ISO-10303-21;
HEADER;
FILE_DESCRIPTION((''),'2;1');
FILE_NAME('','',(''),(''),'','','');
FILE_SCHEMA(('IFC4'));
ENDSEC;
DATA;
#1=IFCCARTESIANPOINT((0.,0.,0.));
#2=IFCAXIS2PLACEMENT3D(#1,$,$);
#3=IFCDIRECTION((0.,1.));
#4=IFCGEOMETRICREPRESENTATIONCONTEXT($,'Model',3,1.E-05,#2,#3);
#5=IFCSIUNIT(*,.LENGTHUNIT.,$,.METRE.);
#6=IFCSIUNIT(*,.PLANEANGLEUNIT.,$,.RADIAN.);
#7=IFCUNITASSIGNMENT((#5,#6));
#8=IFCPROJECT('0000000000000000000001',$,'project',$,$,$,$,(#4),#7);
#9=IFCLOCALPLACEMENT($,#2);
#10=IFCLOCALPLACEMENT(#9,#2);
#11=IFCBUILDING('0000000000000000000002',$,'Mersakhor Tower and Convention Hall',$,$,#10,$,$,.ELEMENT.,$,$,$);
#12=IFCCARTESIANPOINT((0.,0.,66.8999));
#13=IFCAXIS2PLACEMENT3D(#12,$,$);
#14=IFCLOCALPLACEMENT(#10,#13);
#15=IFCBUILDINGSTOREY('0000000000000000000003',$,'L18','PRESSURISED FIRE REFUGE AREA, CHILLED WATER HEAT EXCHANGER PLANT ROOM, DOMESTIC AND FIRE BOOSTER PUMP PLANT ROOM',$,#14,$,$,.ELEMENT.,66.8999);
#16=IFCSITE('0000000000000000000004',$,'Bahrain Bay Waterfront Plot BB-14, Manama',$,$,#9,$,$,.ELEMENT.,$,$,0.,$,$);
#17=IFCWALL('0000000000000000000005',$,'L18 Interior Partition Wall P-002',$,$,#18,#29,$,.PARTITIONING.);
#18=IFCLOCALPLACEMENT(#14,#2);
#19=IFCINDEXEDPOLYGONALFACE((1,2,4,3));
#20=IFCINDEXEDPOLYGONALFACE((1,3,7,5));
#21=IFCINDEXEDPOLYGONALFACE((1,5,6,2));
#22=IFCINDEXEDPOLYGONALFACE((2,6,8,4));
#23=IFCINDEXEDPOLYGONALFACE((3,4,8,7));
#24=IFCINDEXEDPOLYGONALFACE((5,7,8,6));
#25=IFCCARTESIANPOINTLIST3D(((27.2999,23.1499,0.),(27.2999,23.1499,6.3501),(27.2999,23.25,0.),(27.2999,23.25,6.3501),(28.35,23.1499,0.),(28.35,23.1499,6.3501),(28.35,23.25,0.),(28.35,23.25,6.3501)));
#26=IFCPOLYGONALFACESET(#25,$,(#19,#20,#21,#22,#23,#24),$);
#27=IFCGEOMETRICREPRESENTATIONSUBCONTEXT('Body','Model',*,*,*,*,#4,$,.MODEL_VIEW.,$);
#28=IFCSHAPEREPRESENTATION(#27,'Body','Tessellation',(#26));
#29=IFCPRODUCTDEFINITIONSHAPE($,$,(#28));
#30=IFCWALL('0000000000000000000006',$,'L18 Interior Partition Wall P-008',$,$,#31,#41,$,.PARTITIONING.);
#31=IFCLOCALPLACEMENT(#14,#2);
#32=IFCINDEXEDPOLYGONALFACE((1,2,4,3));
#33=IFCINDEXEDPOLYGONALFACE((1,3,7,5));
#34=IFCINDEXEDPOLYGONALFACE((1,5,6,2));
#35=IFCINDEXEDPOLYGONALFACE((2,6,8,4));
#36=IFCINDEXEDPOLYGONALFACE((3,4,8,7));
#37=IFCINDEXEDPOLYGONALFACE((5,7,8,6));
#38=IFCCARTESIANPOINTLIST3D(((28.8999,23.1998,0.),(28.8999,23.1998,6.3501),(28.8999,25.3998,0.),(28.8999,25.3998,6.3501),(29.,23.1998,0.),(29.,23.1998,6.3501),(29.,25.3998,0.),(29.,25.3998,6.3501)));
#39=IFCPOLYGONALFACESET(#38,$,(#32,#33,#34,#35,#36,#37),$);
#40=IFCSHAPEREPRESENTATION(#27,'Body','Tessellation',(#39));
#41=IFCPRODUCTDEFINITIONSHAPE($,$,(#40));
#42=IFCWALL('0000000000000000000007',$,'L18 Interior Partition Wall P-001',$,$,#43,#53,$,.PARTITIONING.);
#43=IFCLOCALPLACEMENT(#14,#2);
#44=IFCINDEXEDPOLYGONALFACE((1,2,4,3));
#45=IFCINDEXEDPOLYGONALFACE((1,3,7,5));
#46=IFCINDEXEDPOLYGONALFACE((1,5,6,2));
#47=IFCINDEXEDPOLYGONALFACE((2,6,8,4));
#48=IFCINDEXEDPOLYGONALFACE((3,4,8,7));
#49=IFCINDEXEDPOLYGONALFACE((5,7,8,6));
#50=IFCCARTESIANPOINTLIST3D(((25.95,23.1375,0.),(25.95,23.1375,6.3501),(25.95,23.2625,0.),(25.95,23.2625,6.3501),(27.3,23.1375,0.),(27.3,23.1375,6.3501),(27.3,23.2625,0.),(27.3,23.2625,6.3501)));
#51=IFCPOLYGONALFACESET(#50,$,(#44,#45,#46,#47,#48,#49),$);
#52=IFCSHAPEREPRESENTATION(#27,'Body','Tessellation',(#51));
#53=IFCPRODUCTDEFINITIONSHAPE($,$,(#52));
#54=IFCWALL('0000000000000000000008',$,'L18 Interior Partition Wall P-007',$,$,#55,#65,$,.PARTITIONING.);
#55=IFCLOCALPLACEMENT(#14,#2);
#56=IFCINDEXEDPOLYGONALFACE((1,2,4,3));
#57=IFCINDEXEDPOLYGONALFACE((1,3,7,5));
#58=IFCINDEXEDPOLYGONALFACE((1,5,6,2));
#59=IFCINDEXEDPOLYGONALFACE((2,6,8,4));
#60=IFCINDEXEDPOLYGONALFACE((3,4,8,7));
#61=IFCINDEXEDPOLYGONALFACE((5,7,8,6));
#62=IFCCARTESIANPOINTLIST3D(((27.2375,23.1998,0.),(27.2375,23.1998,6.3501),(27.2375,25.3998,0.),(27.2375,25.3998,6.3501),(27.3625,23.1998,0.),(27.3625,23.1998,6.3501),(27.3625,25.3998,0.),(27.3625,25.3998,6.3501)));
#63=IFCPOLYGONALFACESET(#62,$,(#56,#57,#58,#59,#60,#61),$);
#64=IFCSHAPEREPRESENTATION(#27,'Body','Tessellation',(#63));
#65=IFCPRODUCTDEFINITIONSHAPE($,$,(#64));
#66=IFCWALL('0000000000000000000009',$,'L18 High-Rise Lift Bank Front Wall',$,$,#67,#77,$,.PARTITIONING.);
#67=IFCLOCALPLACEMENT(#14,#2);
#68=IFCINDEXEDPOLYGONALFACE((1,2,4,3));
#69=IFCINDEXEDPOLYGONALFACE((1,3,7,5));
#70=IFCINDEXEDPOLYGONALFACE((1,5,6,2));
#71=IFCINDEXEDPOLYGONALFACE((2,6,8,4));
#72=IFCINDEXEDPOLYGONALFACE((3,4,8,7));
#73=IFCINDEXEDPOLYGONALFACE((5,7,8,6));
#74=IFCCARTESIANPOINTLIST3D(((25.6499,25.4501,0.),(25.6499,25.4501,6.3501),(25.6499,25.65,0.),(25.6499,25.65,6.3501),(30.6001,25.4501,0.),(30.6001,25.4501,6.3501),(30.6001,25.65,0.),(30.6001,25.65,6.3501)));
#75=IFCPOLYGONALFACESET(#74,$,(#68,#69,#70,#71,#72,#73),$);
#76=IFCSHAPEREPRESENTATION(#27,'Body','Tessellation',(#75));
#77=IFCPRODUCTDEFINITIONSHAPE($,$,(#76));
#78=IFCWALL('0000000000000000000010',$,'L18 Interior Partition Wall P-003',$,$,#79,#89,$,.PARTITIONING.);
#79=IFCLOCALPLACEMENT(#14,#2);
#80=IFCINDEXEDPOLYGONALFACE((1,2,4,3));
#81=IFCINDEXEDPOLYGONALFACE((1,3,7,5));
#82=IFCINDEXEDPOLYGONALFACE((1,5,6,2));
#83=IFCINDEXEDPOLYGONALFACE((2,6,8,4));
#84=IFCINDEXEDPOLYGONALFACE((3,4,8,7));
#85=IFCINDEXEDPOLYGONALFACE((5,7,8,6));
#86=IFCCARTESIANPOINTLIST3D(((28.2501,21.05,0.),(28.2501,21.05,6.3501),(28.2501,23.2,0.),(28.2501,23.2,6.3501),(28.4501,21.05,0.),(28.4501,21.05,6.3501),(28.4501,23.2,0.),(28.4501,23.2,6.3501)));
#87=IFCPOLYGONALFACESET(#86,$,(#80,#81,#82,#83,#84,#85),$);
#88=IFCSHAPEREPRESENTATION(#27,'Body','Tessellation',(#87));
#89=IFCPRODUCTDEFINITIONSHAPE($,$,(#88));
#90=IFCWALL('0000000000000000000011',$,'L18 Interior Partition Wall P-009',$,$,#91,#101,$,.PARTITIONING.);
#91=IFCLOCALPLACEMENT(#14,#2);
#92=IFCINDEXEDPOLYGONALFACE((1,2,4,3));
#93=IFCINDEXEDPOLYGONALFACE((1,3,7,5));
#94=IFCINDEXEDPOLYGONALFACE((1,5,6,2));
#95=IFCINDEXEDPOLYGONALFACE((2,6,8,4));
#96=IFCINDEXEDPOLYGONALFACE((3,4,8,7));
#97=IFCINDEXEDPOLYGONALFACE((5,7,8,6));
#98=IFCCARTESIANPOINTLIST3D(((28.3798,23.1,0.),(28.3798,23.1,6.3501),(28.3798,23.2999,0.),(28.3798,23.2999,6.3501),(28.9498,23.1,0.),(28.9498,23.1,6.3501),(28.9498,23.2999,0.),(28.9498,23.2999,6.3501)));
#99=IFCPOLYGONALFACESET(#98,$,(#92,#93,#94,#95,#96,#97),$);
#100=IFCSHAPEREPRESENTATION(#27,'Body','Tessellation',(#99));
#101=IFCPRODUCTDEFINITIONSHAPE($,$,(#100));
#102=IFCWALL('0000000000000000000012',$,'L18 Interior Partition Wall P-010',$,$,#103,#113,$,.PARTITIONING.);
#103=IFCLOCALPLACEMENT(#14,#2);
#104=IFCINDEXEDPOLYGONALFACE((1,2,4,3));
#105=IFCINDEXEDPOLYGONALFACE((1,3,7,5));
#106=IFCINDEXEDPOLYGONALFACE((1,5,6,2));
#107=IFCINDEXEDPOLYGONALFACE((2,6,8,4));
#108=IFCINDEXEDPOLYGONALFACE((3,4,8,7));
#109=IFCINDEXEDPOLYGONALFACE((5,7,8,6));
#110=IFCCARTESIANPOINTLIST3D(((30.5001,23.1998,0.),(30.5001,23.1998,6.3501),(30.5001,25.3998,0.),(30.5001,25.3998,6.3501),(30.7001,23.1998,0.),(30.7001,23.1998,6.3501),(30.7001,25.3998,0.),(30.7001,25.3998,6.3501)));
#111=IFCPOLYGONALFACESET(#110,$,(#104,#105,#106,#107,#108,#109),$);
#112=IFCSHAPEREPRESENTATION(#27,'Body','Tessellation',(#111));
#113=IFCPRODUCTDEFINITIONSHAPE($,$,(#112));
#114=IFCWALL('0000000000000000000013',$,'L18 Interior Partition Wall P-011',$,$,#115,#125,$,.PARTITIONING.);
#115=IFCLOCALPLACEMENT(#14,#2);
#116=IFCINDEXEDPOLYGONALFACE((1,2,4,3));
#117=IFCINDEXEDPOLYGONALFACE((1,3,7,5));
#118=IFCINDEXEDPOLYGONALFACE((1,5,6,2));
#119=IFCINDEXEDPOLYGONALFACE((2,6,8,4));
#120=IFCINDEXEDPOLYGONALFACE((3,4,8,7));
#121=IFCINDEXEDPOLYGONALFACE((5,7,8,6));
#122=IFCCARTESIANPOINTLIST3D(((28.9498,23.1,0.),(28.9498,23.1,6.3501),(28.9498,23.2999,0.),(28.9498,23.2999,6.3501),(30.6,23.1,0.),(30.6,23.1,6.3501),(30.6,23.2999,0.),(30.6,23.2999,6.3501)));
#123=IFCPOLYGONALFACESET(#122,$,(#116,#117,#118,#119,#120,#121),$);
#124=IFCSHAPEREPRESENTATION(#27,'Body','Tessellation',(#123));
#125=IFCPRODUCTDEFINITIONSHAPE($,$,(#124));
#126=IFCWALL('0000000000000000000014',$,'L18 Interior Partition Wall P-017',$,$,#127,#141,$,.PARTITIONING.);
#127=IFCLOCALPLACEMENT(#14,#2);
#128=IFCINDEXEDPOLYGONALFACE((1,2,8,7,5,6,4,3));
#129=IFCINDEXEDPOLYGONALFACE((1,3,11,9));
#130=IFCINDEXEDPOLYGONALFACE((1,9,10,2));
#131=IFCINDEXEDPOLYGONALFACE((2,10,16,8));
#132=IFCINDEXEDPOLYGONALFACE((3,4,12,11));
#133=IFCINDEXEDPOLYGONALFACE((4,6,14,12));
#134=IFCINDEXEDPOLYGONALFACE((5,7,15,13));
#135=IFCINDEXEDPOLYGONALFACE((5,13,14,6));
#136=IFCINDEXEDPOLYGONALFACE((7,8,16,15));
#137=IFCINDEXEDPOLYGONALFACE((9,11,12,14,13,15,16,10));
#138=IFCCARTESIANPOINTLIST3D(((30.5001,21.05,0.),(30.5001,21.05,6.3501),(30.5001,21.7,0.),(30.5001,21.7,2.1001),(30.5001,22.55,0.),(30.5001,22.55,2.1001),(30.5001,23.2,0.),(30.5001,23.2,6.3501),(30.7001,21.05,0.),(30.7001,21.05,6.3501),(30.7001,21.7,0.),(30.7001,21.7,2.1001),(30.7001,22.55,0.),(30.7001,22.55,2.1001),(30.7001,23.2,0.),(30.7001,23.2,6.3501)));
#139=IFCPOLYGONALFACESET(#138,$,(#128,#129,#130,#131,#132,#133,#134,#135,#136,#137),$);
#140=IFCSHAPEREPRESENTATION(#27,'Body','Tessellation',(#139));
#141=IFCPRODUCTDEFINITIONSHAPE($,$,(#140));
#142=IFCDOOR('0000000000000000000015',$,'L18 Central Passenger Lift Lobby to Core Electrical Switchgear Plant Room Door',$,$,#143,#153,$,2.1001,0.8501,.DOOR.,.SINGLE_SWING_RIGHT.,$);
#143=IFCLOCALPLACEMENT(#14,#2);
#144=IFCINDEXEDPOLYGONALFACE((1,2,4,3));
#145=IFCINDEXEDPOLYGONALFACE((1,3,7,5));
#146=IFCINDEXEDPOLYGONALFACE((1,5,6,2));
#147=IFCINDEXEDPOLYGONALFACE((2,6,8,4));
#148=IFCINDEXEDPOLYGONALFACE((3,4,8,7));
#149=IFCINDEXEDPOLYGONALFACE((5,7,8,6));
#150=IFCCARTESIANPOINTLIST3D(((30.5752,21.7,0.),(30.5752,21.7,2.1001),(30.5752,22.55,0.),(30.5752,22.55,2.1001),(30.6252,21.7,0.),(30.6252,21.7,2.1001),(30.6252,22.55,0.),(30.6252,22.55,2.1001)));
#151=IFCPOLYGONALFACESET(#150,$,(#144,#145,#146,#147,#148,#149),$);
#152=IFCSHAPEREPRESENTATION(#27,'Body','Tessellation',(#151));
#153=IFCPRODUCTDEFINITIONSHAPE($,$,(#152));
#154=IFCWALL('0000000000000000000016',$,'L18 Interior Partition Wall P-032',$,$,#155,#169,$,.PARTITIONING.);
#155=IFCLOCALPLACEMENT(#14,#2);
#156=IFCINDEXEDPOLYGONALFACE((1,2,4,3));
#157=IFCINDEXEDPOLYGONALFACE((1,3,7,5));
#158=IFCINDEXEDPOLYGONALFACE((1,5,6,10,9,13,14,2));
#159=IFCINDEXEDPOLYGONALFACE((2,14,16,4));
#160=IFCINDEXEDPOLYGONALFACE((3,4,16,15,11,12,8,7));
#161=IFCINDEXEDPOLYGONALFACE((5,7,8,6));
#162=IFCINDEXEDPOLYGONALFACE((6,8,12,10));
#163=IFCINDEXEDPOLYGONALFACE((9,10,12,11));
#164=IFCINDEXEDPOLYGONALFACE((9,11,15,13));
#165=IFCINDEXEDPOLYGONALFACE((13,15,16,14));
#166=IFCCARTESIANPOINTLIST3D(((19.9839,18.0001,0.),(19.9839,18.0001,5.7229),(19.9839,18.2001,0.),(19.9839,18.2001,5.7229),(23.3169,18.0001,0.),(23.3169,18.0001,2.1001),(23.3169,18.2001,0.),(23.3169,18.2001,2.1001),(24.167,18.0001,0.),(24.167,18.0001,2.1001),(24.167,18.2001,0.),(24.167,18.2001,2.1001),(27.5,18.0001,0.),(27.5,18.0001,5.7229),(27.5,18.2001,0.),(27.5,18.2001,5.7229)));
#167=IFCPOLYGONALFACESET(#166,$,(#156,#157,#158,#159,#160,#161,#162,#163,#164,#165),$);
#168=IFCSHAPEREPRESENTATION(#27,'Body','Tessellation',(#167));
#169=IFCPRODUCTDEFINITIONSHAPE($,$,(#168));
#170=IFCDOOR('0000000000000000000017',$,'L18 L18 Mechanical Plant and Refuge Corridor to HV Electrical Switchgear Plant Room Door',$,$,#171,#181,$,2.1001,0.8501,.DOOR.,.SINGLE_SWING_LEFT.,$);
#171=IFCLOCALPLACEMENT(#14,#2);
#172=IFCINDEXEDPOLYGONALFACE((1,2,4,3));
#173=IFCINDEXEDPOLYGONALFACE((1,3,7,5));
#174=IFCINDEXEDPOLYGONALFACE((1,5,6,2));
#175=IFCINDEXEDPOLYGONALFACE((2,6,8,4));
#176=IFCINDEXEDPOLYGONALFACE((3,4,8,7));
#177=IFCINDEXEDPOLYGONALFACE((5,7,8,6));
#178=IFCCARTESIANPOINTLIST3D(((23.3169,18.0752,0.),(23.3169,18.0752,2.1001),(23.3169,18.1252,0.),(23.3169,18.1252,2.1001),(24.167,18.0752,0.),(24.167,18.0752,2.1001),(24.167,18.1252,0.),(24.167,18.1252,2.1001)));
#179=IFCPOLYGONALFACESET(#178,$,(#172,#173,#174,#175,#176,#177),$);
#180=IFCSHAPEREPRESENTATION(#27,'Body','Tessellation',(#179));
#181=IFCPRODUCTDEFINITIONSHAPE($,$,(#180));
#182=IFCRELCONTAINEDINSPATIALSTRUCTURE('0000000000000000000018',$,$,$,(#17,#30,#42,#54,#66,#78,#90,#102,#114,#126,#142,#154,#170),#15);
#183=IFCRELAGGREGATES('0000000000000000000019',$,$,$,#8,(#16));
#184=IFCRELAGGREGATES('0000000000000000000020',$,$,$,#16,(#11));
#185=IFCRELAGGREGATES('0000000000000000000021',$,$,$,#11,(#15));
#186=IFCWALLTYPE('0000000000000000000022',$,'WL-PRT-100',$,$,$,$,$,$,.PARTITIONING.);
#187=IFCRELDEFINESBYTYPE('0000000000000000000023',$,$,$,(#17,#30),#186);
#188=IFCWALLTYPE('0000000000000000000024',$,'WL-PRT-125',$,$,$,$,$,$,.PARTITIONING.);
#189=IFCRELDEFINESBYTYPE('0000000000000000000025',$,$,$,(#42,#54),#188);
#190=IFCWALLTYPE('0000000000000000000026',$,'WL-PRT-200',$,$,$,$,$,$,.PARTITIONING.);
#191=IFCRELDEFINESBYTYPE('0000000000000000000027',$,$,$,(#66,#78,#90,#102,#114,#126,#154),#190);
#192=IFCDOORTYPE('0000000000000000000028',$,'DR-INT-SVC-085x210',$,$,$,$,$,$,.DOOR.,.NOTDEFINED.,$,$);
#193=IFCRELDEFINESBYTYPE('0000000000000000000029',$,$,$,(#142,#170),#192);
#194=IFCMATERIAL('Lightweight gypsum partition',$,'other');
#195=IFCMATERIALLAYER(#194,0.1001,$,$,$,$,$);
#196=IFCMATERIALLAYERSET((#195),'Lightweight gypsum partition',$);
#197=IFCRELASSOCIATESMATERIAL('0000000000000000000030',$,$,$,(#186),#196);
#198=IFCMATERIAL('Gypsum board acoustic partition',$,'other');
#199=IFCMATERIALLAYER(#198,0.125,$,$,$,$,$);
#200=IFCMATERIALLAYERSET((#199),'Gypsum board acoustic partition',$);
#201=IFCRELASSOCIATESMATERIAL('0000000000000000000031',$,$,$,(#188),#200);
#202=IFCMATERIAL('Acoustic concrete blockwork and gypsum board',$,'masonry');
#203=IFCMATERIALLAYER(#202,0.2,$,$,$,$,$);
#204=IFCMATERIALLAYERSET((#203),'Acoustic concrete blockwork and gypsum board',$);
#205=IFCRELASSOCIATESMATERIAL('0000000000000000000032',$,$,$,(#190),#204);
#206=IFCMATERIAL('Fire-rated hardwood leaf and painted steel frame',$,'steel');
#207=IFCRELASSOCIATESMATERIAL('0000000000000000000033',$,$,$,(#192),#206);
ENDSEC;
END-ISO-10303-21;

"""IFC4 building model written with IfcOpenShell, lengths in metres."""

from ifc_helpers import new_model, si_unit, direction, frame, frame_2d, origin, place, context, subcontext, project, spatial, rectangle, extrude, material, layer, layer_set, type_object, element, fill, save


model = new_model("IFC4")

# Units and contexts
model_context = context("Model", 3, precision=1e-05, world=origin(), true_north=direction((0.0, 1.0)))
body_context = subcontext(model_context, "Body", "Model", "MODEL_VIEW")
ifc_project = project(units=[si_unit("LENGTHUNIT", "METRE"), si_unit("PLANEANGLEUNIT", "RADIAN")], contexts=[model_context])

# Site, building, storey
site_placement = place(None, origin())
site = spatial("IfcSite", under=ifc_project, at=site_placement, Name="Bahrain Bay Waterfront Plot BB-14, Manama", CompositionType="ELEMENT", RefElevation=0.0)
building_placement = place(site_placement, origin())
building = spatial("IfcBuilding", under=site, at=building_placement, Name="Mersakhor Tower and Convention Hall", CompositionType="ELEMENT")
storey_placement = place(building_placement, frame((0.0, 0.0, 66.8999)))
storey = spatial("IfcBuildingStorey", under=building, at=storey_placement, Name="L18", Description="PRESSURISED FIRE REFUGE AREA, CHILLED WATER HEAT EXCHANGER PLANT ROOM, DOMESTIC AND FIRE BOOSTER PUMP PLANT ROOM", CompositionType="ELEMENT", Elevation=66.8999)

# Walls
ifc_material_1 = material(Name="Lightweight gypsum partition", Category="other")
ifc_layer_1 = layer(ifc_material_1, 0.1001)
ifc_layer_set_1 = layer_set([ifc_layer_1], Name="Lightweight gypsum partition")
wall_type_1 = type_object("IfcWallType", Name="WL-PRT-100", PredefinedType="PARTITIONING", material=ifc_layer_set_1)
wall_1_placement = place(storey_placement, frame((27.3, 23.2, 0.0), z_axis=(0.0, 0.0, 1.0), x_axis=(1.0, 0.0, 0.0)))
element("IfcWall", 1, at=wall_1_placement, inside=storey, type_object=wall_type_1, Name="L18 Interior Partition Wall P-002", PredefinedType="PARTITIONING", context=body_context, shape_type="SweptSolid", body=[
    extrude(rectangle(XDim=1.05, YDim=0.1001, at=frame_2d((0.5249, 0.0))), origin(), (0.0, 0.0, 1.0), 6.3501),
])
wall_2_placement = place(storey_placement, frame((28.95, 25.3999, 0.0), z_axis=(0.0, 0.0, 1.0), x_axis=(0.0, -1.0, 0.0)))
element("IfcWall", 2, at=wall_2_placement, inside=storey, type_object=wall_type_1, Name="L18 Interior Partition Wall P-008", PredefinedType="PARTITIONING", context=body_context, shape_type="SweptSolid", body=[
    extrude(rectangle(XDim=2.2, YDim=0.1001, at=frame_2d((1.1001, 0.0))), origin(), (0.0, 0.0, 1.0), 6.3501),
])
ifc_material_2 = material(Name="Gypsum board acoustic partition", Category="other")
ifc_layer_2 = layer(ifc_material_2, 0.125)
ifc_layer_set_2 = layer_set([ifc_layer_2], Name="Gypsum board acoustic partition")
wall_type_2 = type_object("IfcWallType", Name="WL-PRT-125", PredefinedType="PARTITIONING", material=ifc_layer_set_2)
wall_3_placement = place(storey_placement, frame((25.95, 23.2, 0.0), z_axis=(0.0, 0.0, 1.0), x_axis=(1.0, 0.0, 0.0)))
element("IfcWall", 3, at=wall_3_placement, inside=storey, type_object=wall_type_2, Name="L18 Interior Partition Wall P-001", PredefinedType="PARTITIONING", context=body_context, shape_type="SweptSolid", body=[
    extrude(rectangle(XDim=1.3501, YDim=0.125, at=frame_2d((0.675, 0.0))), origin(), (0.0, 0.0, 1.0), 6.3501),
])
wall_4_placement = place(storey_placement, frame((27.3, 25.3999, 0.0), z_axis=(0.0, 0.0, 1.0), x_axis=(0.0, -1.0, 0.0)))
element("IfcWall", 4, at=wall_4_placement, inside=storey, type_object=wall_type_2, Name="L18 Interior Partition Wall P-007", PredefinedType="PARTITIONING", context=body_context, shape_type="SweptSolid", body=[
    extrude(rectangle(XDim=2.2, YDim=0.125, at=frame_2d((1.1001, 0.0))), origin(), (0.0, 0.0, 1.0), 6.3501),
])
ifc_material_3 = material(Name="Acoustic concrete blockwork and gypsum board", Category="masonry")
ifc_layer_3 = layer(ifc_material_3, 0.2)
ifc_layer_set_3 = layer_set([ifc_layer_3], Name="Acoustic concrete blockwork and gypsum board")
wall_type_3 = type_object("IfcWallType", Name="WL-PRT-200", PredefinedType="PARTITIONING", material=ifc_layer_set_3)
wall_5_placement = place(storey_placement, frame((25.6499, 25.55, 0.0), z_axis=(0.0, 0.0, 1.0), x_axis=(1.0, 0.0, 0.0)))
element("IfcWall", 5, at=wall_5_placement, inside=storey, type_object=wall_type_3, Name="L18 High-Rise Lift Bank Front Wall", PredefinedType="PARTITIONING", context=body_context, shape_type="SweptSolid", body=[
    extrude(rectangle(XDim=4.9502, YDim=0.2, at=frame_2d((2.4751, 0.0))), origin(), (0.0, 0.0, 1.0), 6.3501),
])
wall_6_placement = place(storey_placement, frame((28.3501, 23.2, 0.0), z_axis=(0.0, 0.0, 1.0), x_axis=(0.0, -1.0, 0.0)))
element("IfcWall", 6, at=wall_6_placement, inside=storey, type_object=wall_type_3, Name="L18 Interior Partition Wall P-003", PredefinedType="PARTITIONING", context=body_context, shape_type="SweptSolid", body=[
    extrude(rectangle(XDim=2.1499, YDim=0.2, at=frame_2d((1.075, 0.0))), origin(), (0.0, 0.0, 1.0), 6.3501),
])
wall_7_placement = place(storey_placement, frame((28.95, 23.2, 0.0), z_axis=(0.0, 0.0, 1.0), x_axis=(-1.0, 0.0, 0.0)))
element("IfcWall", 7, at=wall_7_placement, inside=storey, type_object=wall_type_3, Name="L18 Interior Partition Wall P-009", PredefinedType="PARTITIONING", context=body_context, shape_type="SweptSolid", body=[
    extrude(rectangle(XDim=0.5701, YDim=0.2, at=frame_2d((0.2852, 0.0))), origin(), (0.0, 0.0, 1.0), 6.3501),
])
wall_8_placement = place(storey_placement, frame((30.6001, 25.3999, 0.0), z_axis=(0.0, 0.0, 1.0), x_axis=(0.0, -1.0, 0.0)))
element("IfcWall", 8, at=wall_8_placement, inside=storey, type_object=wall_type_3, Name="L18 Interior Partition Wall P-010", PredefinedType="PARTITIONING", context=body_context, shape_type="SweptSolid", body=[
    extrude(rectangle(XDim=2.2, YDim=0.2, at=frame_2d((1.1001, 0.0))), origin(), (0.0, 0.0, 1.0), 6.3501),
])
wall_9_placement = place(storey_placement, frame((30.6001, 23.2, 0.0), z_axis=(0.0, 0.0, 1.0), x_axis=(-1.0, 0.0, 0.0)))
element("IfcWall", 9, at=wall_9_placement, inside=storey, type_object=wall_type_3, Name="L18 Interior Partition Wall P-011", PredefinedType="PARTITIONING", context=body_context, shape_type="SweptSolid", body=[
    extrude(rectangle(XDim=1.6501, YDim=0.2, at=frame_2d((0.8252, 0.0))), origin(), (0.0, 0.0, 1.0), 6.3501),
])

# Walls, openings, doors
wall_10_placement = place(storey_placement, frame((30.6001, 21.05, 0.0), z_axis=(0.0, 0.0, 1.0), x_axis=(0.0, 1.0, 0.0)))
wall_10 = element("IfcWall", 10, at=wall_10_placement, inside=storey, type_object=wall_type_3, Name="L18 Interior Partition Wall P-017", PredefinedType="PARTITIONING", context=body_context, shape_type="SweptSolid", body=[
    extrude(rectangle(XDim=2.1499, YDim=0.2, at=frame_2d((1.075, 0.0))), origin(), (0.0, 0.0, 1.0), 6.3501),
])
opening_1_placement = place(wall_10_placement, frame((0.6499, 0.0, 0.0)))
opening_1 = element("IfcOpeningElement", 11, at=opening_1_placement, cuts=wall_10, PredefinedType="OPENING", context=body_context, shape_type="SweptSolid", body=[
    extrude(rectangle(XDim=0.8501, YDim=2.1001, at=frame_2d((0.425, 1.05))), frame((0.0, 0.1099, 0.0), z_axis=(0.0, -1.0, 0.0), x_axis=(1.0, 0.0, 0.0)), (0.0, 0.0, 1.0), 0.22),
])
ifc_material_4 = material(Name="Fire-rated hardwood leaf and painted steel frame", Category="steel")
door_type_1 = type_object("IfcDoorType", Name="DR-INT-SVC-085x210", OperationType="NOTDEFINED", PredefinedType="DOOR", material=ifc_material_4)
door_1_placement = place(opening_1_placement, origin())
door_1 = element("IfcDoor", 12, at=door_1_placement, inside=storey, type_object=door_type_1, Name="L18 Central Passenger Lift Lobby to Core Electrical Switchgear Plant Room Door", OperationType="SINGLE_SWING_RIGHT", OverallHeight=2.1001, OverallWidth=0.8501, PredefinedType="DOOR", context=body_context, shape_type="SweptSolid", body=[
    extrude(rectangle(XDim=0.8501, YDim=2.1001, at=frame_2d((0.425, 1.05))), frame((0.0, 0.0249, 0.0), z_axis=(0.0, -1.0, 0.0), x_axis=(1.0, 0.0, 0.0)), (0.0, 0.0, 1.0), 0.05),
])
fill(opening_1, door_1)
wall_11_placement = place(storey_placement, frame((27.5, 18.1001, 0.0), z_axis=(0.0, 0.0, 1.0), x_axis=(-1.0, 0.0, 0.0)))
wall_11 = element("IfcWall", 13, at=wall_11_placement, inside=storey, type_object=wall_type_3, Name="L18 Interior Partition Wall P-032", PredefinedType="PARTITIONING", context=body_context, shape_type="SweptSolid", body=[
    extrude(rectangle(XDim=7.5161, YDim=0.2, at=frame_2d((3.7581, 0.0))), origin(), (0.0, 0.0, 1.0), 5.7229),
])
opening_2_placement = place(wall_11_placement, frame((3.333, 0.0, 0.0)))
opening_2 = element("IfcOpeningElement", 14, at=opening_2_placement, cuts=wall_11, PredefinedType="OPENING", context=body_context, shape_type="SweptSolid", body=[
    extrude(rectangle(XDim=0.8501, YDim=2.1001, at=frame_2d((0.425, 1.05))), frame((0.0, 0.1099, 0.0), z_axis=(0.0, -1.0, 0.0), x_axis=(1.0, 0.0, 0.0)), (0.0, 0.0, 1.0), 0.22),
])
door_2_placement = place(opening_2_placement, origin())
door_2 = element("IfcDoor", 15, at=door_2_placement, inside=storey, type_object=door_type_1, Name="L18 L18 Mechanical Plant and Refuge Corridor to HV Electrical Switchgear Plant Room Door", OperationType="SINGLE_SWING_LEFT", OverallHeight=2.1001, OverallWidth=0.8501, PredefinedType="DOOR", context=body_context, shape_type="SweptSolid", body=[
    extrude(rectangle(XDim=0.8501, YDim=2.1001, at=frame_2d((0.425, 1.05))), frame((0.0, 0.0249, 0.0), z_axis=(0.0, -1.0, 0.0), x_axis=(1.0, 0.0, 0.0)), (0.0, 0.0, 1.0), 0.05),
])
fill(opening_2, door_2)

save(model, "model.ifc")
